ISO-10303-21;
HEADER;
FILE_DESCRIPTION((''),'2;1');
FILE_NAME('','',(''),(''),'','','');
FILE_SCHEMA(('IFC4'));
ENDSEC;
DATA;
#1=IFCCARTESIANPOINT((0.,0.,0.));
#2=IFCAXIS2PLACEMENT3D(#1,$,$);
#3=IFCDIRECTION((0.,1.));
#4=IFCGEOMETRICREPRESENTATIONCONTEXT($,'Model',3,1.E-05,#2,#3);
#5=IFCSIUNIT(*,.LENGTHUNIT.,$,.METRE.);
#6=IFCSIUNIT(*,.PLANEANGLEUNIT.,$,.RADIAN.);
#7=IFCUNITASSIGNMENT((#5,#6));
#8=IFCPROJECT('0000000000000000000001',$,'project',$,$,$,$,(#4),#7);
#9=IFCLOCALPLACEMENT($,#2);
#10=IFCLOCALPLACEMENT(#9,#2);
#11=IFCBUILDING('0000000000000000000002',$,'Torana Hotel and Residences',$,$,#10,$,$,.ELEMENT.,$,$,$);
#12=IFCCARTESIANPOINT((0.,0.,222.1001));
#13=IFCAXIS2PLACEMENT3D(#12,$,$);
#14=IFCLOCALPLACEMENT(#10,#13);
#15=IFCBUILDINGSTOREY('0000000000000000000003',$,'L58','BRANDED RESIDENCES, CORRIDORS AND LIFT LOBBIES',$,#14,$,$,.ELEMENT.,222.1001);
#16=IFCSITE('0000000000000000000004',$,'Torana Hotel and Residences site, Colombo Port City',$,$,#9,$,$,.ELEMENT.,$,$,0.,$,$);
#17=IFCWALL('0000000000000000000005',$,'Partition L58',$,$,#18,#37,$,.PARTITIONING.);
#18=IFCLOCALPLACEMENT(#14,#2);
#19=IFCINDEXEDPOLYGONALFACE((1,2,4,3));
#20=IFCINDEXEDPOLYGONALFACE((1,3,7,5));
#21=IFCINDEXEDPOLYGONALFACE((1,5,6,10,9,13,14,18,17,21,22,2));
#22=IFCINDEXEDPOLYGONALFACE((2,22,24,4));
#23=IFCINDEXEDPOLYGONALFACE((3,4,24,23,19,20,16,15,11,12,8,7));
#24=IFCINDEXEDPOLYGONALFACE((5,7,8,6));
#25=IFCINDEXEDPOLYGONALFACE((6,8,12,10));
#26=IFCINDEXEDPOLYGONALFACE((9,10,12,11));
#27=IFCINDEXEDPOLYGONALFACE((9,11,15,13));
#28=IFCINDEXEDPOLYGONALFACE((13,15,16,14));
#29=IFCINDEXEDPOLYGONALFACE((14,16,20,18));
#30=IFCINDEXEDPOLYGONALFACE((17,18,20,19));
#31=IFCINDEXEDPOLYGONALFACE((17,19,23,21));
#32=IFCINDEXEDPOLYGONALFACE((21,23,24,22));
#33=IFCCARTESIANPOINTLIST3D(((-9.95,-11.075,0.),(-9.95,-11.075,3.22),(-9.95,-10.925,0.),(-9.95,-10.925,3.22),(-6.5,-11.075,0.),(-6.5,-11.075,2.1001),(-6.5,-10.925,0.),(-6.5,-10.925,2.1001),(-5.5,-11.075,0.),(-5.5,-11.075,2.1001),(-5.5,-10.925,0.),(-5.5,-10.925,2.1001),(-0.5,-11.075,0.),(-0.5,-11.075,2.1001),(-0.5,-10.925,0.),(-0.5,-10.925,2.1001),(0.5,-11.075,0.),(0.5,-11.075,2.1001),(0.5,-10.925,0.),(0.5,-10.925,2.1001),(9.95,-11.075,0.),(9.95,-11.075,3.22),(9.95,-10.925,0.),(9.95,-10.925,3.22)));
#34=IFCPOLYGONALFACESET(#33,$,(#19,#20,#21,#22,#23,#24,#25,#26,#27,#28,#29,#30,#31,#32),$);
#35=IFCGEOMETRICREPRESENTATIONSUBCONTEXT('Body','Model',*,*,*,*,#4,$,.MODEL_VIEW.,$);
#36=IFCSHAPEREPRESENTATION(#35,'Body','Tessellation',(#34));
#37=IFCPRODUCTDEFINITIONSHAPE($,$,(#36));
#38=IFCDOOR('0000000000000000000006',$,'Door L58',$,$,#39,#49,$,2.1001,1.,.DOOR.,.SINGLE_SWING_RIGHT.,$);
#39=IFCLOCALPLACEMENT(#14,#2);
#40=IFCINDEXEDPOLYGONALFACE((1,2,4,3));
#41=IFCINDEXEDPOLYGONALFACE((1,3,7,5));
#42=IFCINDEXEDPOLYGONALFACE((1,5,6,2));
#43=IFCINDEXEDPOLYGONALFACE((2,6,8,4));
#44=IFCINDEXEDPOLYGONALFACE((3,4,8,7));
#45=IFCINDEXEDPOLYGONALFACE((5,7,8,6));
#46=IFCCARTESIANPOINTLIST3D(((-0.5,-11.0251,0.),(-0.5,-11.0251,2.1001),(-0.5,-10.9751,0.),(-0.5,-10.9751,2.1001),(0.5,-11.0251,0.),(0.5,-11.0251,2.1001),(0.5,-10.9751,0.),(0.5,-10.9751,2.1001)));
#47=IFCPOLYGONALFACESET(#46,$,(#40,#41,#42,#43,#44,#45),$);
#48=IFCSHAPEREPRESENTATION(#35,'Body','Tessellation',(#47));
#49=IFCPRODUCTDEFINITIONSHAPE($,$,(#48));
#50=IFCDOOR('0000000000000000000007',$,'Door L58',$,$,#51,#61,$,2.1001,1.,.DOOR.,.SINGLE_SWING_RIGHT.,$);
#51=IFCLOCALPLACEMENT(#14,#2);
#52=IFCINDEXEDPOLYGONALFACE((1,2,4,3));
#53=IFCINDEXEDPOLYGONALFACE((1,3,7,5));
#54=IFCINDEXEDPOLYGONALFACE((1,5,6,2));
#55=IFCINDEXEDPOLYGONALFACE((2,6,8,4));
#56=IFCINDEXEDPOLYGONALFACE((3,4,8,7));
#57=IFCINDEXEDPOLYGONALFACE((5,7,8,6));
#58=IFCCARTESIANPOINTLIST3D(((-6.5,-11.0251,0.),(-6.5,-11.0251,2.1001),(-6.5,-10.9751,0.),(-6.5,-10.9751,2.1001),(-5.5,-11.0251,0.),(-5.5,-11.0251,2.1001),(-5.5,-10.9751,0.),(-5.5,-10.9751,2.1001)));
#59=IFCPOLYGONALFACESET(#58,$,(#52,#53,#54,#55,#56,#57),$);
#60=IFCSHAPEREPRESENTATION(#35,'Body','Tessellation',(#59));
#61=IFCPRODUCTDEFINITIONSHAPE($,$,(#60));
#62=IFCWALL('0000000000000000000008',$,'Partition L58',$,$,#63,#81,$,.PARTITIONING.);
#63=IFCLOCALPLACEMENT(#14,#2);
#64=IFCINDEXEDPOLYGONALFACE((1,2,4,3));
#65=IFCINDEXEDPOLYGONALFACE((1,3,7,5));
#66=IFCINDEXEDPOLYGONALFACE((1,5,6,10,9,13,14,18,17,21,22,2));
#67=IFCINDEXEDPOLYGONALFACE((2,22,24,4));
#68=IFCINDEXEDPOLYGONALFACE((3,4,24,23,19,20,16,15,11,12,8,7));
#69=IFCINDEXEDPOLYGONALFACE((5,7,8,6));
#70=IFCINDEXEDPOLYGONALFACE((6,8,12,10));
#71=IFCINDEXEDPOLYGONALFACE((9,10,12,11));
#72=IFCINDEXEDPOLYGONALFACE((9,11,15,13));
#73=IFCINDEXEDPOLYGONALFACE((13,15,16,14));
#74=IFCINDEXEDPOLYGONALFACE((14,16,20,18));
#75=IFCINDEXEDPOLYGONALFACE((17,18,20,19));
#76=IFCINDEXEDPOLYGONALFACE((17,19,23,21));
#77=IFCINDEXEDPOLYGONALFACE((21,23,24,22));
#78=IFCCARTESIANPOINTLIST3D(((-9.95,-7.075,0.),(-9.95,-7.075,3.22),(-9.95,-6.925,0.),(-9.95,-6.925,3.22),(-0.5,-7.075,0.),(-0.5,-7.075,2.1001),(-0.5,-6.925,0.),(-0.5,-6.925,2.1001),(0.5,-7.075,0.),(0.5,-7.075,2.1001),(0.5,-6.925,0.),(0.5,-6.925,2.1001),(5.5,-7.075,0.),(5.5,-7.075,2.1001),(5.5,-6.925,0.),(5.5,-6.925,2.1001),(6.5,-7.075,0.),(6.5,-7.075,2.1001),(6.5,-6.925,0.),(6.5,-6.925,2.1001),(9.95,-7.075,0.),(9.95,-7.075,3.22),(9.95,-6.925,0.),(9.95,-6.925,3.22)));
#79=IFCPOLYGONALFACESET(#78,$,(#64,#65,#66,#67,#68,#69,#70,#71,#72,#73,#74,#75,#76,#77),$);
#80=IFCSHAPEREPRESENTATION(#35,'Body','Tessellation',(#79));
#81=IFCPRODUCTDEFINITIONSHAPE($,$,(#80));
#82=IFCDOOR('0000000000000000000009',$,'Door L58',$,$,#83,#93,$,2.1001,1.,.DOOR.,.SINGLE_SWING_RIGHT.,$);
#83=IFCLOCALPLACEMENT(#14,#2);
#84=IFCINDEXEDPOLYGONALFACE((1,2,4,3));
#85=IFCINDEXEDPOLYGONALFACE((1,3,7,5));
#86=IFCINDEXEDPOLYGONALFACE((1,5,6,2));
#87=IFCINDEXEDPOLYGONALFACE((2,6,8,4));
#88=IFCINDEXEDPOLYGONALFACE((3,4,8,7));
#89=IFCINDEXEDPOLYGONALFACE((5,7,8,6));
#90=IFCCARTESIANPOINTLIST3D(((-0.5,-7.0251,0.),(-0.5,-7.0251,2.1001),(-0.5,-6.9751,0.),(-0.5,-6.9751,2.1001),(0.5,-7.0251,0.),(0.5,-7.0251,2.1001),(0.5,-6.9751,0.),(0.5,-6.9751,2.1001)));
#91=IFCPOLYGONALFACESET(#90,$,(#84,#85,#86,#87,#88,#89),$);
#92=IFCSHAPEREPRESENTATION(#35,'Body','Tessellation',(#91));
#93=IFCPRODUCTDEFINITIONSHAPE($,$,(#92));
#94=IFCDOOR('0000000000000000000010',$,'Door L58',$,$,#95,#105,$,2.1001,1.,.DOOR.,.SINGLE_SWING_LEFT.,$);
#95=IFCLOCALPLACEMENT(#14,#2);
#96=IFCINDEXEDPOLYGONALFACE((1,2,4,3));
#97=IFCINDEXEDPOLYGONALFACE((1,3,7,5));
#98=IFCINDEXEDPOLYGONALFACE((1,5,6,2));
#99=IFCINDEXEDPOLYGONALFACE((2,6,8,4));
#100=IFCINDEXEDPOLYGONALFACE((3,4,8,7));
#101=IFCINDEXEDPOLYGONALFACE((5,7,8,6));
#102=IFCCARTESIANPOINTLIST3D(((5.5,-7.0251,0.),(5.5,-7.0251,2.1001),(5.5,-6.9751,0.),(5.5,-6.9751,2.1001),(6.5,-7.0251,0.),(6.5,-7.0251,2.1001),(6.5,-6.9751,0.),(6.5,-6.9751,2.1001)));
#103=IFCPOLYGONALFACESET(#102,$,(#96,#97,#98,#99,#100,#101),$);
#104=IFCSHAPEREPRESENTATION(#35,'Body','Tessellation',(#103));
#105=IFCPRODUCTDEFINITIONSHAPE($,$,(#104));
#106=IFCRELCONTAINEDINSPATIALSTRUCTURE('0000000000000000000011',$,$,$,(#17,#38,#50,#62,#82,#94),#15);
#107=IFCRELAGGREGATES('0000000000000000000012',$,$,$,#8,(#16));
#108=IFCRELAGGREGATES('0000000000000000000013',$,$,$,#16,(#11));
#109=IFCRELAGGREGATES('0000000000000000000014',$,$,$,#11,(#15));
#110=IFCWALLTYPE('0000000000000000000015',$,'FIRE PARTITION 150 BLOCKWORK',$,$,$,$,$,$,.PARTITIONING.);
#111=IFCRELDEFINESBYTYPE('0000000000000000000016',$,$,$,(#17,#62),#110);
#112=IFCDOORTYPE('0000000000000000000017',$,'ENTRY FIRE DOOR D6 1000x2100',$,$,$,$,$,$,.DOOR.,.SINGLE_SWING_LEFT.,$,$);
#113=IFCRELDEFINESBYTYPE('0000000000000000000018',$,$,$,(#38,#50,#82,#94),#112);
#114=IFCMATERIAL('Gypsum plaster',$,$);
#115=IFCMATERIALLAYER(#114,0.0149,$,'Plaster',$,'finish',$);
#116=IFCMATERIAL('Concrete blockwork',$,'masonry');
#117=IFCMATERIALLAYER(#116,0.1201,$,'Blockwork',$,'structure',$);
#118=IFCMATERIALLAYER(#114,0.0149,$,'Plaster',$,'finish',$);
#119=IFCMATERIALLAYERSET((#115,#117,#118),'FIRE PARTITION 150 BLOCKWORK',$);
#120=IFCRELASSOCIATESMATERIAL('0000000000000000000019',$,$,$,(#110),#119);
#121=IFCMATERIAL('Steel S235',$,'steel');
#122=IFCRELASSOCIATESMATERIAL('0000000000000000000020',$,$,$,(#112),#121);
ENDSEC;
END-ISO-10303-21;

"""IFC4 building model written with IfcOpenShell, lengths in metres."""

from ifc_helpers import new_model, si_unit, direction, frame, frame_2d, origin, place, context, subcontext, project, spatial, rectangle, extrude, material, layer, layer_set, type_object, element, fill, save


model = new_model("IFC4")

# Units and contexts
model_context = context("Model", 3, precision=1e-05, world=origin(), true_north=direction((0.0, 1.0)))
body_context = subcontext(model_context, "Body", "Model", "MODEL_VIEW")
ifc_project = project(units=[si_unit("LENGTHUNIT", "METRE"), si_unit("PLANEANGLEUNIT", "RADIAN")], contexts=[model_context])

# Site, building, storey
site_placement = place(None, origin())
site = spatial("IfcSite", under=ifc_project, at=site_placement, Name="Torana Hotel and Residences site, Colombo Port City", CompositionType="ELEMENT", RefElevation=0.0)
building_placement = place(site_placement, origin())
building = spatial("IfcBuilding", under=site, at=building_placement, Name="Torana Hotel and Residences", CompositionType="ELEMENT")
storey_placement = place(building_placement, frame((0.0, 0.0, 222.1001)))
storey = spatial("IfcBuildingStorey", under=building, at=storey_placement, Name="L58", Description="BRANDED RESIDENCES, CORRIDORS AND LIFT LOBBIES", CompositionType="ELEMENT", Elevation=222.1001)

# Shared definitions
ifc_material_1 = material(Name="Gypsum plaster")
ifc_layer_1 = layer(ifc_material_1, 0.0149, Name="Plaster", Category="finish")
ifc_material_2 = material(Name="Concrete blockwork", Category="masonry")
ifc_layer_2 = layer(ifc_material_2, 0.1201, Name="Blockwork", Category="structure")
ifc_layer_3 = layer(ifc_material_1, 0.0149, Name="Plaster", Category="finish")
ifc_layer_set_1 = layer_set([ifc_layer_1, ifc_layer_2, ifc_layer_3], Name="FIRE PARTITION 150 BLOCKWORK")
wall_type_1 = type_object("IfcWallType", Name="FIRE PARTITION 150 BLOCKWORK", PredefinedType="PARTITIONING", material=ifc_layer_set_1)

# Walls, openings, doors
wall_1_placement = place(storey_placement, frame((-9.95, -11.0, 0.0), z_axis=(0.0, 0.0, 1.0), x_axis=(1.0, 0.0, 0.0)))
wall_1 = element("IfcWall", 1, at=wall_1_placement, inside=storey, type_object=wall_type_1, Name="Partition L58", PredefinedType="PARTITIONING", context=body_context, shape_type="SweptSolid", body=[
    extrude(rectangle(XDim=19.8999, YDim=0.1499, at=frame_2d((9.95, 0.0))), origin(), (0.0, 0.0, 1.0), 3.22),
])
opening_1_placement = place(wall_1_placement, frame((9.45, 0.0, 0.0)))
opening_1 = element("IfcOpeningElement", 2, at=opening_1_placement, cuts=wall_1, PredefinedType="OPENING", context=body_context, shape_type="SweptSolid", body=[
    extrude(rectangle(XDim=1.0, YDim=2.1001, at=frame_2d((0.5, 1.05))), frame((0.0, 0.085, 0.0), z_axis=(0.0, -1.0, 0.0), x_axis=(1.0, 0.0, 0.0)), (0.0, 0.0, 1.0), 0.1699),
])
opening_2_placement = place(wall_1_placement, frame((3.45, 0.0, 0.0)))
opening_2 = element("IfcOpeningElement", 3, at=opening_2_placement, cuts=wall_1, PredefinedType="OPENING", context=body_context, shape_type="SweptSolid", body=[
    extrude(rectangle(XDim=1.0, YDim=2.1001, at=frame_2d((0.5, 1.05))), frame((0.0, 0.085, 0.0), z_axis=(0.0, -1.0, 0.0), x_axis=(1.0, 0.0, 0.0)), (0.0, 0.0, 1.0), 0.1699),
])
ifc_material_3 = material(Name="Steel S235", Category="steel")
door_type = type_object("IfcDoorType", Name="ENTRY FIRE DOOR D6 1000x2100", OperationType="SINGLE_SWING_LEFT", PredefinedType="DOOR", material=ifc_material_3)
door_1_placement = place(opening_1_placement, origin())
door_1 = element("IfcDoor", 4, at=door_1_placement, inside=storey, type_object=door_type, Name="Door L58", OperationType="SINGLE_SWING_RIGHT", OverallHeight=2.1001, OverallWidth=1.0, PredefinedType="DOOR", context=body_context, shape_type="SweptSolid", body=[
    extrude(rectangle(XDim=1.0, YDim=2.1001, at=frame_2d((0.5, 1.05))), frame((0.0, 0.0249, 0.0), z_axis=(0.0, -1.0, 0.0), x_axis=(1.0, 0.0, 0.0)), (0.0, 0.0, 1.0), 0.05),
])
fill(opening_1, door_1)
door_2_placement = place(opening_2_placement, origin())
door_2 = element("IfcDoor", 5, at=door_2_placement, inside=storey, type_object=door_type, Name="Door L58", OperationType="SINGLE_SWING_RIGHT", OverallHeight=2.1001, OverallWidth=1.0, PredefinedType="DOOR", context=body_context, shape_type="SweptSolid", body=[
    extrude(rectangle(XDim=1.0, YDim=2.1001, at=frame_2d((0.5, 1.05))), frame((0.0, 0.0249, 0.0), z_axis=(0.0, -1.0, 0.0), x_axis=(1.0, 0.0, 0.0)), (0.0, 0.0, 1.0), 0.05),
])
fill(opening_2, door_2)
wall_2_placement = place(storey_placement, frame((-9.95, -7.0, 0.0), z_axis=(0.0, 0.0, 1.0), x_axis=(1.0, 0.0, 0.0)))
wall_2 = element("IfcWall", 6, at=wall_2_placement, inside=storey, type_object=wall_type_1, Name="Partition L58", PredefinedType="PARTITIONING", context=body_context, shape_type="SweptSolid", body=[
    extrude(rectangle(XDim=19.8999, YDim=0.1499, at=frame_2d((9.95, 0.0))), origin(), (0.0, 0.0, 1.0), 3.22),
])
opening_3_placement = place(wall_2_placement, frame((9.45, 0.0, 0.0)))
opening_3 = element("IfcOpeningElement", 7, at=opening_3_placement, cuts=wall_2, PredefinedType="OPENING", context=body_context, shape_type="SweptSolid", body=[
    extrude(rectangle(XDim=1.0, YDim=2.1001, at=frame_2d((0.5, 1.05))), frame((0.0, 0.085, 0.0), z_axis=(0.0, -1.0, 0.0), x_axis=(1.0, 0.0, 0.0)), (0.0, 0.0, 1.0), 0.1699),
])
opening_4_placement = place(wall_2_placement, frame((15.45, 0.0, 0.0)))
opening_4 = element("IfcOpeningElement", 8, at=opening_4_placement, cuts=wall_2, PredefinedType="OPENING", context=body_context, shape_type="SweptSolid", body=[
    extrude(rectangle(XDim=1.0, YDim=2.1001, at=frame_2d((0.5, 1.05))), frame((0.0, 0.085, 0.0), z_axis=(0.0, -1.0, 0.0), x_axis=(1.0, 0.0, 0.0)), (0.0, 0.0, 1.0), 0.1699),
])
door_3_placement = place(opening_3_placement, origin())
door_3 = element("IfcDoor", 9, at=door_3_placement, inside=storey, type_object=door_type, Name="Door L58", OperationType="SINGLE_SWING_RIGHT", OverallHeight=2.1001, OverallWidth=1.0, PredefinedType="DOOR", context=body_context, shape_type="SweptSolid", body=[
    extrude(rectangle(XDim=1.0, YDim=2.1001, at=frame_2d((0.5, 1.05))), frame((0.0, 0.0249, 0.0), z_axis=(0.0, -1.0, 0.0), x_axis=(1.0, 0.0, 0.0)), (0.0, 0.0, 1.0), 0.05),
])
fill(opening_3, door_3)
door_4_placement = place(opening_4_placement, frame((0.5, 0.0, 0.0), z_axis=(0.0, 0.0, 1.0), x_axis=(-1.0, 0.0, 0.0)))
door_4 = element("IfcDoor", 10, at=door_4_placement, inside=storey, type_object=door_type, Name="Door L58", OperationType="SINGLE_SWING_LEFT", OverallHeight=2.1001, OverallWidth=1.0, PredefinedType="DOOR", context=body_context, shape_type="SweptSolid", body=[
    extrude(rectangle(XDim=1.0, YDim=2.1001, at=frame_2d((0.0, 1.05))), frame((0.0, -0.0249, 0.0), z_axis=(0.0, 1.0, 0.0), x_axis=(-1.0, 0.0, 0.0)), (0.0, 0.0, 1.0), 0.05),
])
fill(opening_4, door_4)

save(model, "model.ifc")
